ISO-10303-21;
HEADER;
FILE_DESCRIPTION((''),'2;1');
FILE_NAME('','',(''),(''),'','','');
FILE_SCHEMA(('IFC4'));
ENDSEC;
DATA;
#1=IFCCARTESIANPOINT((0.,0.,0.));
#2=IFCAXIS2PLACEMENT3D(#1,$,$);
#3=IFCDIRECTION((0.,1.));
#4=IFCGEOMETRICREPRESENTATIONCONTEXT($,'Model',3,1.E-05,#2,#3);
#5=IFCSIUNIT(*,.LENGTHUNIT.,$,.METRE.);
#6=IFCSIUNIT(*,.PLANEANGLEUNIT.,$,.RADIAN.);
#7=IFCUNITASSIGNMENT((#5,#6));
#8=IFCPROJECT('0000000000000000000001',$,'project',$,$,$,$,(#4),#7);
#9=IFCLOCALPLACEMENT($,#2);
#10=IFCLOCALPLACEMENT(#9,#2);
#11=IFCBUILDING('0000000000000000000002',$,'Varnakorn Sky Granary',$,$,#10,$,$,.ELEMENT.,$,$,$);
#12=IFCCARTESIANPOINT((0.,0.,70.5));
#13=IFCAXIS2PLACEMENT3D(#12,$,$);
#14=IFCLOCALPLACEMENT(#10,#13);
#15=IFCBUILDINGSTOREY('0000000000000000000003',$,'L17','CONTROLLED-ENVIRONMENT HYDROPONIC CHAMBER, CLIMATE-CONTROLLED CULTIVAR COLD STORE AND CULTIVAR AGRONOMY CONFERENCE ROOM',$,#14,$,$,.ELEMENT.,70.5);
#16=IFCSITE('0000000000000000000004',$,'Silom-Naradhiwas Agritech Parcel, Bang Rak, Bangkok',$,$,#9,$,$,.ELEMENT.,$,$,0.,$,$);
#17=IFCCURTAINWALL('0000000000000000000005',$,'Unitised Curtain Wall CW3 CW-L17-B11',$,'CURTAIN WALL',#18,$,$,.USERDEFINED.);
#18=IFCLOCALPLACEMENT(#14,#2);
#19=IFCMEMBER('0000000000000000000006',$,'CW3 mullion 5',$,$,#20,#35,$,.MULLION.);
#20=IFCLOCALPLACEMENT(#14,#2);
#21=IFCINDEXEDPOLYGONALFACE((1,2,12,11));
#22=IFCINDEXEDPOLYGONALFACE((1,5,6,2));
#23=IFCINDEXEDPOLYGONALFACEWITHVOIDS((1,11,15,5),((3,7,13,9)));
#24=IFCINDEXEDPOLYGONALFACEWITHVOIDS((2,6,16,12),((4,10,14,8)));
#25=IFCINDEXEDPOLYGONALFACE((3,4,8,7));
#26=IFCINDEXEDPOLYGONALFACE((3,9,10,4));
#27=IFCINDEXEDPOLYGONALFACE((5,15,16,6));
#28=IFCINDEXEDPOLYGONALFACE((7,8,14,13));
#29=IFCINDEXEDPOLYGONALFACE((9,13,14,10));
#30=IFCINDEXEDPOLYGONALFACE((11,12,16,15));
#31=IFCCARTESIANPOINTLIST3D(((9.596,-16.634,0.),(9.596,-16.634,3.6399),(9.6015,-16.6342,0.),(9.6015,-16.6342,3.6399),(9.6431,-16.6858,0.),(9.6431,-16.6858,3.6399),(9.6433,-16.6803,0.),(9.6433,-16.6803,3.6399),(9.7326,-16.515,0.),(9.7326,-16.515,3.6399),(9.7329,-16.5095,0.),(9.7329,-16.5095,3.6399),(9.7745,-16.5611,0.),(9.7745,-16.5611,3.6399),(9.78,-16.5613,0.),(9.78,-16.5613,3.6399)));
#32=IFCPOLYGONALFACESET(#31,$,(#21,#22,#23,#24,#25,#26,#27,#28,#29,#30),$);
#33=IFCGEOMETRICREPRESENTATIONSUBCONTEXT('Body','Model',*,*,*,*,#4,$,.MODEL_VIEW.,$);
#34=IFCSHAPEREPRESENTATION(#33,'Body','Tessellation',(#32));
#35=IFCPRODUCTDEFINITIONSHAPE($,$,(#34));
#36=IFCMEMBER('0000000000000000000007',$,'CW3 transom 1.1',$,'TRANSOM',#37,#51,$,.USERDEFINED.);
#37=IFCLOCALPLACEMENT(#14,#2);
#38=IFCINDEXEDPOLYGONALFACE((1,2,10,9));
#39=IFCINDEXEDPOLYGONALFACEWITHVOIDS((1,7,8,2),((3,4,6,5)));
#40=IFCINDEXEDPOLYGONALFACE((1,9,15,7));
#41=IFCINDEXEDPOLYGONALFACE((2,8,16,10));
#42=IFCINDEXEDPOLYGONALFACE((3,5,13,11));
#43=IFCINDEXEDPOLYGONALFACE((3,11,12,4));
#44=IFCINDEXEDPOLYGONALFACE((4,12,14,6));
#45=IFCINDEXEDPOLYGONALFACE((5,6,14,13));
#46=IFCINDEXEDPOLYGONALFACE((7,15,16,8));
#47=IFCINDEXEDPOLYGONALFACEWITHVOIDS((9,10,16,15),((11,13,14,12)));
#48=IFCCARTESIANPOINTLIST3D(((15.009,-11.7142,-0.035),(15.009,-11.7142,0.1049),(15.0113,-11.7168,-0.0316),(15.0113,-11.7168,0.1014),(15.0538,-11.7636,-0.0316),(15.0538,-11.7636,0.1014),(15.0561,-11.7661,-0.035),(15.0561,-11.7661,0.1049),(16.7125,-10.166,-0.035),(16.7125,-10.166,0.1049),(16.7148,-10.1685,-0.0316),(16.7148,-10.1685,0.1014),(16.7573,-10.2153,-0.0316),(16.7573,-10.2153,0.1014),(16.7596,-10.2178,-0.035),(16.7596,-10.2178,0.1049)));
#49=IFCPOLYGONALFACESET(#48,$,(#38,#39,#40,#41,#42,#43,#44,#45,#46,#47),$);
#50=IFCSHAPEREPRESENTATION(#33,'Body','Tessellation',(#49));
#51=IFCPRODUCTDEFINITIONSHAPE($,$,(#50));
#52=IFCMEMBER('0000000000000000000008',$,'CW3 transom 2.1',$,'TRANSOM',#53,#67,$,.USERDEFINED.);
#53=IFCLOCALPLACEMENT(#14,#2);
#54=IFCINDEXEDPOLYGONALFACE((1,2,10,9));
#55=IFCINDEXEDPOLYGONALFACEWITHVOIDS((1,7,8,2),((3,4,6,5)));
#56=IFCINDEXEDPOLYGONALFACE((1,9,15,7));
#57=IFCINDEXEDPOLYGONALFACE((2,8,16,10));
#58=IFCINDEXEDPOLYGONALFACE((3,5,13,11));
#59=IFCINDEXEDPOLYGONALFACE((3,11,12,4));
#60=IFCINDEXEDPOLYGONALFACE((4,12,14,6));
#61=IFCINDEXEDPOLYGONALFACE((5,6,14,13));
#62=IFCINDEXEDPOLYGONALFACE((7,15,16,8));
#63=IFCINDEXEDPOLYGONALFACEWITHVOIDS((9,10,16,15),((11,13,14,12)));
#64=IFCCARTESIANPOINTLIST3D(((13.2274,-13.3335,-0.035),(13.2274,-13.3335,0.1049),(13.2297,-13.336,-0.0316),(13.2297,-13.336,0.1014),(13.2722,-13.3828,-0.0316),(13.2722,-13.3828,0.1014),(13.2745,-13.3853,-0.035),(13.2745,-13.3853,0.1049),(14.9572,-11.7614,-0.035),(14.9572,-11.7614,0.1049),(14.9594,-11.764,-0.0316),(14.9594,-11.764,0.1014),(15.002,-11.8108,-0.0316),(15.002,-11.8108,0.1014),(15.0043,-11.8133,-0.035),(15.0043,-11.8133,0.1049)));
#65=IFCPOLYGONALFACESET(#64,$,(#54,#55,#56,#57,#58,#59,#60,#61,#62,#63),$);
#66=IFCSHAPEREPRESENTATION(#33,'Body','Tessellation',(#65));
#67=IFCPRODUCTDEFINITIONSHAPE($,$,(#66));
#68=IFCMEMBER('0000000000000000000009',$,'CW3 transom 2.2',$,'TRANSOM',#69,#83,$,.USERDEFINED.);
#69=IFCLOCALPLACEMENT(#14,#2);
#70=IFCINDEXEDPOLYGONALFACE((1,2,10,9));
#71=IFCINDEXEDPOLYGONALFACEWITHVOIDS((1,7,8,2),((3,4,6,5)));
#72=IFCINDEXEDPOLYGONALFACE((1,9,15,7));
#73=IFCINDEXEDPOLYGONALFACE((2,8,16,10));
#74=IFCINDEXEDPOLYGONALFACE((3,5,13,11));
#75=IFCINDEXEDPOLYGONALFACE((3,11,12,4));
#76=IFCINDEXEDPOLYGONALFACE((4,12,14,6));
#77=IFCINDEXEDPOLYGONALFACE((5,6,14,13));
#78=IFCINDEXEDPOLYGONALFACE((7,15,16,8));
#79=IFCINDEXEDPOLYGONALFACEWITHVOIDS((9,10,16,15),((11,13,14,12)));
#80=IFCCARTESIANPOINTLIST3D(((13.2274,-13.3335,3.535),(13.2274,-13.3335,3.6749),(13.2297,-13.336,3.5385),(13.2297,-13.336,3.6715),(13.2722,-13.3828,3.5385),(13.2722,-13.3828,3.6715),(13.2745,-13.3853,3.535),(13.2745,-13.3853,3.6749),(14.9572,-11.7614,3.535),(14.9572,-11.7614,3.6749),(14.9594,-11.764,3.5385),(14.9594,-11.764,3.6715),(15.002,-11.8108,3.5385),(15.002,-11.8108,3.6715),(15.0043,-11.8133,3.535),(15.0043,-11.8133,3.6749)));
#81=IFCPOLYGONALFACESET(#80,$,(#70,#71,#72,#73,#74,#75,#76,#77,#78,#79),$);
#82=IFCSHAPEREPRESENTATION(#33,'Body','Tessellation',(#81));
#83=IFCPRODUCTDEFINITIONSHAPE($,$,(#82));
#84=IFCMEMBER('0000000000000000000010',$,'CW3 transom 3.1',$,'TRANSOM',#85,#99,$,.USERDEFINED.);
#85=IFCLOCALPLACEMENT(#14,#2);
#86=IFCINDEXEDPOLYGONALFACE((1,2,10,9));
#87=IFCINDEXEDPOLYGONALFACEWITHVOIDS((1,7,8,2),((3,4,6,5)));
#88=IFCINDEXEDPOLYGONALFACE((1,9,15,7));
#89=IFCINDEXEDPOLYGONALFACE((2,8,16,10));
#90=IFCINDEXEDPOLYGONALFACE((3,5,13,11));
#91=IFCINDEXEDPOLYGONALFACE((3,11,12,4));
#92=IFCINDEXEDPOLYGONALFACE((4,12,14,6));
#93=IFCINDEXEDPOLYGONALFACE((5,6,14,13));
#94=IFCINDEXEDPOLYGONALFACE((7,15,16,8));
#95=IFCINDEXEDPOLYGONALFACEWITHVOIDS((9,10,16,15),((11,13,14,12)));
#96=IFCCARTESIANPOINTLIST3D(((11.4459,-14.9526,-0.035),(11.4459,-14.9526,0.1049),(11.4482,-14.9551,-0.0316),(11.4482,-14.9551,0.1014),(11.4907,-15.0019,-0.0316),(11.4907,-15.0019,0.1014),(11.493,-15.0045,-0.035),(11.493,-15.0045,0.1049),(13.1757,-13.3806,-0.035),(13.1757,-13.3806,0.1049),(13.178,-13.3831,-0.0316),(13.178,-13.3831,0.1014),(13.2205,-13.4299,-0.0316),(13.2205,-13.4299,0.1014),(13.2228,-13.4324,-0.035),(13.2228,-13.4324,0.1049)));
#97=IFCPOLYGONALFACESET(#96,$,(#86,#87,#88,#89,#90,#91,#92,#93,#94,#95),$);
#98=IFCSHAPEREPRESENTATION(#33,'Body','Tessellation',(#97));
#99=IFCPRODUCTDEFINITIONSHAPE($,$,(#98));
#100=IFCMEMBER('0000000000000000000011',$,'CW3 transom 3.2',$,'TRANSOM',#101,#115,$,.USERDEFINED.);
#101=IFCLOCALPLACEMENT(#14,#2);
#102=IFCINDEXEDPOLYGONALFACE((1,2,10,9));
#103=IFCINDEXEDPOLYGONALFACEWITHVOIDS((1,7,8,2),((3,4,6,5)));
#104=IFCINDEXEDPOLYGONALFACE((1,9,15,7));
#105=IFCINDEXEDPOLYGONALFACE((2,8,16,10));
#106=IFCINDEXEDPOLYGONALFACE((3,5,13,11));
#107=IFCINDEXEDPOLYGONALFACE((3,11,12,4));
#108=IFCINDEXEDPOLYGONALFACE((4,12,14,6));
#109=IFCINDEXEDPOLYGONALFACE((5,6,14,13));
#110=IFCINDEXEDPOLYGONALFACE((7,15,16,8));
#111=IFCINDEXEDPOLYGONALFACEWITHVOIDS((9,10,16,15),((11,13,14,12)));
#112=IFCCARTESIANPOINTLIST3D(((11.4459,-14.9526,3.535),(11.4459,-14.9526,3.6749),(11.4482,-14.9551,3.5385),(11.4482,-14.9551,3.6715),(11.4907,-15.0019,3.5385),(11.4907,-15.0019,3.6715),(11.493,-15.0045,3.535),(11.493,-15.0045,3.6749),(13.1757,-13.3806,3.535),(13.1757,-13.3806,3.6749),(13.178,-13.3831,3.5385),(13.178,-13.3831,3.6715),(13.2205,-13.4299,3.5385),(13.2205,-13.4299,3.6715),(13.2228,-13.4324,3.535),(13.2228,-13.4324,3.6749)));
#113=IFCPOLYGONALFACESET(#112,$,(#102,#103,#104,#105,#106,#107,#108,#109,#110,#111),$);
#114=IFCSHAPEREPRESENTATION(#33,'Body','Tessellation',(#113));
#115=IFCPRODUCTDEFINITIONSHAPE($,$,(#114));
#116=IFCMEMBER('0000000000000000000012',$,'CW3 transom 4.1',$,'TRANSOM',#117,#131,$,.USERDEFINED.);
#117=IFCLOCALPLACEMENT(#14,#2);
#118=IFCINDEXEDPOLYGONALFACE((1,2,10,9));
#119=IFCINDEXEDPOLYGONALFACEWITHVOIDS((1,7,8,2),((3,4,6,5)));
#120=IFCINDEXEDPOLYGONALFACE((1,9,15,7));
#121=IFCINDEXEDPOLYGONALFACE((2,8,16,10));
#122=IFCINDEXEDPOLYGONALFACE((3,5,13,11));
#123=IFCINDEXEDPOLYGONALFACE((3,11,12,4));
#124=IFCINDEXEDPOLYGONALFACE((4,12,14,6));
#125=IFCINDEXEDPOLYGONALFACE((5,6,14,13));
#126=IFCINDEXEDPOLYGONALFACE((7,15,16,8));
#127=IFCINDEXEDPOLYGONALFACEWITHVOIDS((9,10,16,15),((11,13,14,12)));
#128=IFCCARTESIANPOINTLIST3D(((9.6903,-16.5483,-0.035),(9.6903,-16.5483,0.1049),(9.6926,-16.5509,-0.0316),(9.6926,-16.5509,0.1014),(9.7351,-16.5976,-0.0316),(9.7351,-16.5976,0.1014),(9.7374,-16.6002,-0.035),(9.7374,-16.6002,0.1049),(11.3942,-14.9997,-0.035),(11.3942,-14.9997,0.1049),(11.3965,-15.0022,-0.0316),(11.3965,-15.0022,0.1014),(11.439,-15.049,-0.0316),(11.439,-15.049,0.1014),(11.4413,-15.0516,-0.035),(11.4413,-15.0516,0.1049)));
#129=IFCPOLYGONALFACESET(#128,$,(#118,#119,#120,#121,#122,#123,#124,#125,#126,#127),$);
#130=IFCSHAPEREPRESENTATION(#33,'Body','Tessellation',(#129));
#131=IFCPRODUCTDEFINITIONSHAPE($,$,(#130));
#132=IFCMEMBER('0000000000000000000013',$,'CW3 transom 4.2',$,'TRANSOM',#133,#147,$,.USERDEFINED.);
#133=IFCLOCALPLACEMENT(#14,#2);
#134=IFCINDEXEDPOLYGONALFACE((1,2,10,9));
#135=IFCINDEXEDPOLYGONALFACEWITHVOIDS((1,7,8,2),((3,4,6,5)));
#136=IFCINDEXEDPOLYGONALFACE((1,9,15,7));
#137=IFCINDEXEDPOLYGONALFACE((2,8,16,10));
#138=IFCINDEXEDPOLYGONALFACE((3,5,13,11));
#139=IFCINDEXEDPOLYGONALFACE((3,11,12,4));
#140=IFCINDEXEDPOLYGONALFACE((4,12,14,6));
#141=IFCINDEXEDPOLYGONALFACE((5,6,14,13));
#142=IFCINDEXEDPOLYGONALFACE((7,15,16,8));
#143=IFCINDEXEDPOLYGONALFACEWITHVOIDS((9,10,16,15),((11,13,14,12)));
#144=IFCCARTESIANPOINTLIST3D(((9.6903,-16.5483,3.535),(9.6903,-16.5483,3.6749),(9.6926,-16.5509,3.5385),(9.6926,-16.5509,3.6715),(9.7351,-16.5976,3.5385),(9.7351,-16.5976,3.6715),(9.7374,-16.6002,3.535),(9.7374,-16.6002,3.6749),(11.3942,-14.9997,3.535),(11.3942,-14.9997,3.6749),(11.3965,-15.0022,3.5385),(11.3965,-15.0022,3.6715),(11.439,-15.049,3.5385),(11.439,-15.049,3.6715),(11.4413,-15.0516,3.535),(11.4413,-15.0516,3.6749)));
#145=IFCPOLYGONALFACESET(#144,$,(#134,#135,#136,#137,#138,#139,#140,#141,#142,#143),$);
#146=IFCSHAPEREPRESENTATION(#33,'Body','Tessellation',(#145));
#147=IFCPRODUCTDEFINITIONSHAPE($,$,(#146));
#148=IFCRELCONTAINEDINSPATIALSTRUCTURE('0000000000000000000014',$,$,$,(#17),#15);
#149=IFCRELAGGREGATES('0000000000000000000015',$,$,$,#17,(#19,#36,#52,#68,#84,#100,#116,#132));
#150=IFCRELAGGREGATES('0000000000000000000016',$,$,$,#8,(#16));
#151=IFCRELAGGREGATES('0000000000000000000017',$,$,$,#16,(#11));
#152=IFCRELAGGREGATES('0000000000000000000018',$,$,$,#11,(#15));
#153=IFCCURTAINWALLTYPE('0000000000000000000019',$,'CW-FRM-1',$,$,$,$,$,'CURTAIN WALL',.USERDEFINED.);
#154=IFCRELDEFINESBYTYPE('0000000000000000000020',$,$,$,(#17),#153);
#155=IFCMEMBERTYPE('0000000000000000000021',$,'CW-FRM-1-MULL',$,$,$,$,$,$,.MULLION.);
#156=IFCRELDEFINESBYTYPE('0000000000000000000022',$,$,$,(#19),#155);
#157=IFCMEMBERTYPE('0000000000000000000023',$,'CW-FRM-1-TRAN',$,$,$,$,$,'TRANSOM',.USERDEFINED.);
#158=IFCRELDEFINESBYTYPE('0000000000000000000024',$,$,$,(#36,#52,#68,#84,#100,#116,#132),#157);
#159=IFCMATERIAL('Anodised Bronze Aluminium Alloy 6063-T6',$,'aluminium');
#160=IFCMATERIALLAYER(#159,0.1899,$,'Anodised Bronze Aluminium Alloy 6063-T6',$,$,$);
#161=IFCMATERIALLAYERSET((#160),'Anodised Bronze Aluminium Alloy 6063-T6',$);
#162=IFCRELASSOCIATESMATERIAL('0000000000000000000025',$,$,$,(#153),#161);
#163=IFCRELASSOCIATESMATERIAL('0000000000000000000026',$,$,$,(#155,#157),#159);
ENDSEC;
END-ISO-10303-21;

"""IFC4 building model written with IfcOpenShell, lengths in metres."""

from ifc_helpers import new_model, si_unit, direction, frame, origin, origin_2d, place, context, subcontext, project, spatial, hollow_rectangle, extrude, material, layer, layer_set, material_profile, profile_set, type_object, element, aggregate, save


model = new_model("IFC4")

# Units and contexts
model_context = context("Model", 3, precision=1e-05, world=origin(), true_north=direction((0.0, 1.0)))
body_context = subcontext(model_context, "Body", "Model", "MODEL_VIEW")
ifc_project = project(units=[si_unit("LENGTHUNIT", "METRE"), si_unit("PLANEANGLEUNIT", "RADIAN")], contexts=[model_context])

# Site, building, storey
site_placement = place(None, origin())
site = spatial("IfcSite", under=ifc_project, at=site_placement, Name="Silom-Naradhiwas Agritech Parcel, Bang Rak, Bangkok", CompositionType="ELEMENT", RefElevation=0.0)
building_placement = place(site_placement, origin())
building = spatial("IfcBuilding", under=site, at=building_placement, Name="Varnakorn Sky Granary", CompositionType="ELEMENT")
storey_placement = place(building_placement, frame((0.0, 0.0, 70.5)))
storey = spatial("IfcBuildingStorey", under=building, at=storey_placement, Name="L17", Description="CONTROLLED-ENVIRONMENT HYDROPONIC CHAMBER, CLIMATE-CONTROLLED CULTIVAR COLD STORE AND CULTIVAR AGRONOMY CONFERENCE ROOM", CompositionType="ELEMENT", Elevation=70.5)

# Curtain wall, members
ifc_material_1 = material(Name="Anodised Bronze Aluminium Alloy 6063-T6", Category="aluminium")
ifc_layer_1 = layer(ifc_material_1, 0.1899, Name="Anodised Bronze Aluminium Alloy 6063-T6")
ifc_layer_set_1 = layer_set([ifc_layer_1], Name="Anodised Bronze Aluminium Alloy 6063-T6")
curtain_wall_type = type_object("IfcCurtainWallType", Name="CW-FRM-1", ElementType="CURTAIN WALL", PredefinedType="USERDEFINED", material=ifc_layer_set_1)
curtain_wall_placement = place(storey_placement, origin())
curtain_wall = element("IfcCurtainWall", 1, at=curtain_wall_placement, inside=storey, type_object=curtain_wall_type, Name="Unitised Curtain Wall CW3 CW-L17-B11", ObjectType="CURTAIN WALL", PredefinedType="USERDEFINED")
ifc_material_profile_1 = material_profile(ifc_material_1, hollow_rectangle(XDim=0.0701, YDim=0.1851, WallThickness=0.0039, at=origin_2d()), Name="ALU MULL 70x185")
ifc_profile_set_1 = profile_set([ifc_material_profile_1], Name="Anodised Bronze Aluminium Alloy 6063-T6")
member_type_1 = type_object("IfcMemberType", Name="CW-FRM-1-MULL", PredefinedType="MULLION", material=ifc_profile_set_1)
member_1_placement = place(storey_placement, frame((9.688, -16.5977, 0.0), z_axis=(0.0, 0.0, 1.0), x_axis=(0.672582, -0.740022, 0.0)))
member_1 = element("IfcMember", 2, at=member_1_placement, type_object=member_type_1, Name="CW3 mullion 5", PredefinedType="MULLION", context=body_context, shape_type="SweptSolid", body=[
    extrude(hollow_rectangle(XDim=0.0701, YDim=0.1851, WallThickness=0.0039, at=origin_2d()), origin(), (0.0, 0.0, 1.0), 3.6399),
])
ifc_material_profile_2 = material_profile(ifc_material_1, hollow_rectangle(XDim=0.0701, YDim=0.1399, WallThickness=0.0034, at=origin_2d()), Name="ALU TRAN 70x140")
ifc_profile_set_2 = profile_set([ifc_material_profile_2], Name="Anodised Bronze Aluminium Alloy 6063-T6")
member_type_2 = type_object("IfcMemberType", Name="CW-FRM-1-TRAN", ElementType="TRANSOM", PredefinedType="USERDEFINED", material=ifc_profile_set_2)
member_2_placement = place(storey_placement, frame((16.7361, -10.1919, 0.0349), z_axis=(-0.740026, -0.672578, 0.0), x_axis=(0.672578, -0.740026, 0.0)))
member_2 = element("IfcMember", 3, at=member_2_placement, type_object=member_type_2, Name="CW3 transom 1.1", ObjectType="TRANSOM", PredefinedType="USERDEFINED", context=body_context, shape_type="SweptSolid", body=[
    extrude(hollow_rectangle(XDim=0.0701, YDim=0.1399, WallThickness=0.0034, at=origin_2d()), origin(), (0.0, 0.0, 1.0), 2.302),
])
member_3_placement = place(storey_placement, frame((14.9807, -11.7874, 0.0349), z_axis=(-0.740039, -0.672564, 0.0), x_axis=(0.672564, -0.740039, 0.0)))
member_3 = element("IfcMember", 4, at=member_3_placement, type_object=member_type_2, Name="CW3 transom 2.1", ObjectType="TRANSOM", PredefinedType="USERDEFINED", context=body_context, shape_type="SweptSolid", body=[
    extrude(hollow_rectangle(XDim=0.0701, YDim=0.1399, WallThickness=0.0034, at=origin_2d()), origin(), (0.0, 0.0, 1.0), 2.3374),
])
member_4_placement = place(storey_placement, frame((14.9807, -11.7874, 3.605), z_axis=(-0.740039, -0.672564, 0.0), x_axis=(0.672564, -0.740039, 0.0)))
member_4 = element("IfcMember", 5, at=member_4_placement, type_object=member_type_2, Name="CW3 transom 2.2", ObjectType="TRANSOM", PredefinedType="USERDEFINED", context=body_context, shape_type="SweptSolid", body=[
    extrude(hollow_rectangle(XDim=0.0701, YDim=0.1399, WallThickness=0.0034, at=origin_2d()), origin(), (0.0, 0.0, 1.0), 2.3374),
])
member_5_placement = place(storey_placement, frame((13.1992, -13.4065, 0.0349), z_axis=(-0.740039, -0.672564, 0.0), x_axis=(0.672564, -0.740039, 0.0)))
member_5 = element("IfcMember", 6, at=member_5_placement, type_object=member_type_2, Name="CW3 transom 3.1", ObjectType="TRANSOM", PredefinedType="USERDEFINED", context=body_context, shape_type="SweptSolid", body=[
    extrude(hollow_rectangle(XDim=0.0701, YDim=0.1399, WallThickness=0.0034, at=origin_2d()), origin(), (0.0, 0.0, 1.0), 2.3374),
])
member_6_placement = place(storey_placement, frame((13.1992, -13.4065, 3.605), z_axis=(-0.740039, -0.672564, 0.0), x_axis=(0.672564, -0.740039, 0.0)))
member_6 = element("IfcMember", 7, at=member_6_placement, type_object=member_type_2, Name="CW3 transom 3.2", ObjectType="TRANSOM", PredefinedType="USERDEFINED", context=body_context, shape_type="SweptSolid", body=[
    extrude(hollow_rectangle(XDim=0.0701, YDim=0.1399, WallThickness=0.0034, at=origin_2d()), origin(), (0.0, 0.0, 1.0), 2.3374),
])
member_7_placement = place(storey_placement, frame((11.4177, -15.0256, 0.0349), z_axis=(-0.740022, -0.672583, 0.0), x_axis=(0.672583, -0.740022, 0.0)))
member_7 = element("IfcMember", 8, at=member_7_placement, type_object=member_type_2, Name="CW3 transom 4.1", ObjectType="TRANSOM", PredefinedType="USERDEFINED", context=body_context, shape_type="SweptSolid", body=[
    extrude(hollow_rectangle(XDim=0.0701, YDim=0.1399, WallThickness=0.0034, at=origin_2d()), origin(), (0.0, 0.0, 1.0), 2.3025),
])
member_8_placement = place(storey_placement, frame((11.4177, -15.0256, 3.605), z_axis=(-0.740022, -0.672583, 0.0), x_axis=(0.672583, -0.740022, 0.0)))
member_8 = element("IfcMember", 9, at=member_8_placement, type_object=member_type_2, Name="CW3 transom 4.2", ObjectType="TRANSOM", PredefinedType="USERDEFINED", context=body_context, shape_type="SweptSolid", body=[
    extrude(hollow_rectangle(XDim=0.0701, YDim=0.1399, WallThickness=0.0034, at=origin_2d()), origin(), (0.0, 0.0, 1.0), 2.3025),
])

aggregate(curtain_wall, [member_1, member_2, member_3, member_4, member_5, member_6, member_7, member_8])

save(model, "model.ifc")
